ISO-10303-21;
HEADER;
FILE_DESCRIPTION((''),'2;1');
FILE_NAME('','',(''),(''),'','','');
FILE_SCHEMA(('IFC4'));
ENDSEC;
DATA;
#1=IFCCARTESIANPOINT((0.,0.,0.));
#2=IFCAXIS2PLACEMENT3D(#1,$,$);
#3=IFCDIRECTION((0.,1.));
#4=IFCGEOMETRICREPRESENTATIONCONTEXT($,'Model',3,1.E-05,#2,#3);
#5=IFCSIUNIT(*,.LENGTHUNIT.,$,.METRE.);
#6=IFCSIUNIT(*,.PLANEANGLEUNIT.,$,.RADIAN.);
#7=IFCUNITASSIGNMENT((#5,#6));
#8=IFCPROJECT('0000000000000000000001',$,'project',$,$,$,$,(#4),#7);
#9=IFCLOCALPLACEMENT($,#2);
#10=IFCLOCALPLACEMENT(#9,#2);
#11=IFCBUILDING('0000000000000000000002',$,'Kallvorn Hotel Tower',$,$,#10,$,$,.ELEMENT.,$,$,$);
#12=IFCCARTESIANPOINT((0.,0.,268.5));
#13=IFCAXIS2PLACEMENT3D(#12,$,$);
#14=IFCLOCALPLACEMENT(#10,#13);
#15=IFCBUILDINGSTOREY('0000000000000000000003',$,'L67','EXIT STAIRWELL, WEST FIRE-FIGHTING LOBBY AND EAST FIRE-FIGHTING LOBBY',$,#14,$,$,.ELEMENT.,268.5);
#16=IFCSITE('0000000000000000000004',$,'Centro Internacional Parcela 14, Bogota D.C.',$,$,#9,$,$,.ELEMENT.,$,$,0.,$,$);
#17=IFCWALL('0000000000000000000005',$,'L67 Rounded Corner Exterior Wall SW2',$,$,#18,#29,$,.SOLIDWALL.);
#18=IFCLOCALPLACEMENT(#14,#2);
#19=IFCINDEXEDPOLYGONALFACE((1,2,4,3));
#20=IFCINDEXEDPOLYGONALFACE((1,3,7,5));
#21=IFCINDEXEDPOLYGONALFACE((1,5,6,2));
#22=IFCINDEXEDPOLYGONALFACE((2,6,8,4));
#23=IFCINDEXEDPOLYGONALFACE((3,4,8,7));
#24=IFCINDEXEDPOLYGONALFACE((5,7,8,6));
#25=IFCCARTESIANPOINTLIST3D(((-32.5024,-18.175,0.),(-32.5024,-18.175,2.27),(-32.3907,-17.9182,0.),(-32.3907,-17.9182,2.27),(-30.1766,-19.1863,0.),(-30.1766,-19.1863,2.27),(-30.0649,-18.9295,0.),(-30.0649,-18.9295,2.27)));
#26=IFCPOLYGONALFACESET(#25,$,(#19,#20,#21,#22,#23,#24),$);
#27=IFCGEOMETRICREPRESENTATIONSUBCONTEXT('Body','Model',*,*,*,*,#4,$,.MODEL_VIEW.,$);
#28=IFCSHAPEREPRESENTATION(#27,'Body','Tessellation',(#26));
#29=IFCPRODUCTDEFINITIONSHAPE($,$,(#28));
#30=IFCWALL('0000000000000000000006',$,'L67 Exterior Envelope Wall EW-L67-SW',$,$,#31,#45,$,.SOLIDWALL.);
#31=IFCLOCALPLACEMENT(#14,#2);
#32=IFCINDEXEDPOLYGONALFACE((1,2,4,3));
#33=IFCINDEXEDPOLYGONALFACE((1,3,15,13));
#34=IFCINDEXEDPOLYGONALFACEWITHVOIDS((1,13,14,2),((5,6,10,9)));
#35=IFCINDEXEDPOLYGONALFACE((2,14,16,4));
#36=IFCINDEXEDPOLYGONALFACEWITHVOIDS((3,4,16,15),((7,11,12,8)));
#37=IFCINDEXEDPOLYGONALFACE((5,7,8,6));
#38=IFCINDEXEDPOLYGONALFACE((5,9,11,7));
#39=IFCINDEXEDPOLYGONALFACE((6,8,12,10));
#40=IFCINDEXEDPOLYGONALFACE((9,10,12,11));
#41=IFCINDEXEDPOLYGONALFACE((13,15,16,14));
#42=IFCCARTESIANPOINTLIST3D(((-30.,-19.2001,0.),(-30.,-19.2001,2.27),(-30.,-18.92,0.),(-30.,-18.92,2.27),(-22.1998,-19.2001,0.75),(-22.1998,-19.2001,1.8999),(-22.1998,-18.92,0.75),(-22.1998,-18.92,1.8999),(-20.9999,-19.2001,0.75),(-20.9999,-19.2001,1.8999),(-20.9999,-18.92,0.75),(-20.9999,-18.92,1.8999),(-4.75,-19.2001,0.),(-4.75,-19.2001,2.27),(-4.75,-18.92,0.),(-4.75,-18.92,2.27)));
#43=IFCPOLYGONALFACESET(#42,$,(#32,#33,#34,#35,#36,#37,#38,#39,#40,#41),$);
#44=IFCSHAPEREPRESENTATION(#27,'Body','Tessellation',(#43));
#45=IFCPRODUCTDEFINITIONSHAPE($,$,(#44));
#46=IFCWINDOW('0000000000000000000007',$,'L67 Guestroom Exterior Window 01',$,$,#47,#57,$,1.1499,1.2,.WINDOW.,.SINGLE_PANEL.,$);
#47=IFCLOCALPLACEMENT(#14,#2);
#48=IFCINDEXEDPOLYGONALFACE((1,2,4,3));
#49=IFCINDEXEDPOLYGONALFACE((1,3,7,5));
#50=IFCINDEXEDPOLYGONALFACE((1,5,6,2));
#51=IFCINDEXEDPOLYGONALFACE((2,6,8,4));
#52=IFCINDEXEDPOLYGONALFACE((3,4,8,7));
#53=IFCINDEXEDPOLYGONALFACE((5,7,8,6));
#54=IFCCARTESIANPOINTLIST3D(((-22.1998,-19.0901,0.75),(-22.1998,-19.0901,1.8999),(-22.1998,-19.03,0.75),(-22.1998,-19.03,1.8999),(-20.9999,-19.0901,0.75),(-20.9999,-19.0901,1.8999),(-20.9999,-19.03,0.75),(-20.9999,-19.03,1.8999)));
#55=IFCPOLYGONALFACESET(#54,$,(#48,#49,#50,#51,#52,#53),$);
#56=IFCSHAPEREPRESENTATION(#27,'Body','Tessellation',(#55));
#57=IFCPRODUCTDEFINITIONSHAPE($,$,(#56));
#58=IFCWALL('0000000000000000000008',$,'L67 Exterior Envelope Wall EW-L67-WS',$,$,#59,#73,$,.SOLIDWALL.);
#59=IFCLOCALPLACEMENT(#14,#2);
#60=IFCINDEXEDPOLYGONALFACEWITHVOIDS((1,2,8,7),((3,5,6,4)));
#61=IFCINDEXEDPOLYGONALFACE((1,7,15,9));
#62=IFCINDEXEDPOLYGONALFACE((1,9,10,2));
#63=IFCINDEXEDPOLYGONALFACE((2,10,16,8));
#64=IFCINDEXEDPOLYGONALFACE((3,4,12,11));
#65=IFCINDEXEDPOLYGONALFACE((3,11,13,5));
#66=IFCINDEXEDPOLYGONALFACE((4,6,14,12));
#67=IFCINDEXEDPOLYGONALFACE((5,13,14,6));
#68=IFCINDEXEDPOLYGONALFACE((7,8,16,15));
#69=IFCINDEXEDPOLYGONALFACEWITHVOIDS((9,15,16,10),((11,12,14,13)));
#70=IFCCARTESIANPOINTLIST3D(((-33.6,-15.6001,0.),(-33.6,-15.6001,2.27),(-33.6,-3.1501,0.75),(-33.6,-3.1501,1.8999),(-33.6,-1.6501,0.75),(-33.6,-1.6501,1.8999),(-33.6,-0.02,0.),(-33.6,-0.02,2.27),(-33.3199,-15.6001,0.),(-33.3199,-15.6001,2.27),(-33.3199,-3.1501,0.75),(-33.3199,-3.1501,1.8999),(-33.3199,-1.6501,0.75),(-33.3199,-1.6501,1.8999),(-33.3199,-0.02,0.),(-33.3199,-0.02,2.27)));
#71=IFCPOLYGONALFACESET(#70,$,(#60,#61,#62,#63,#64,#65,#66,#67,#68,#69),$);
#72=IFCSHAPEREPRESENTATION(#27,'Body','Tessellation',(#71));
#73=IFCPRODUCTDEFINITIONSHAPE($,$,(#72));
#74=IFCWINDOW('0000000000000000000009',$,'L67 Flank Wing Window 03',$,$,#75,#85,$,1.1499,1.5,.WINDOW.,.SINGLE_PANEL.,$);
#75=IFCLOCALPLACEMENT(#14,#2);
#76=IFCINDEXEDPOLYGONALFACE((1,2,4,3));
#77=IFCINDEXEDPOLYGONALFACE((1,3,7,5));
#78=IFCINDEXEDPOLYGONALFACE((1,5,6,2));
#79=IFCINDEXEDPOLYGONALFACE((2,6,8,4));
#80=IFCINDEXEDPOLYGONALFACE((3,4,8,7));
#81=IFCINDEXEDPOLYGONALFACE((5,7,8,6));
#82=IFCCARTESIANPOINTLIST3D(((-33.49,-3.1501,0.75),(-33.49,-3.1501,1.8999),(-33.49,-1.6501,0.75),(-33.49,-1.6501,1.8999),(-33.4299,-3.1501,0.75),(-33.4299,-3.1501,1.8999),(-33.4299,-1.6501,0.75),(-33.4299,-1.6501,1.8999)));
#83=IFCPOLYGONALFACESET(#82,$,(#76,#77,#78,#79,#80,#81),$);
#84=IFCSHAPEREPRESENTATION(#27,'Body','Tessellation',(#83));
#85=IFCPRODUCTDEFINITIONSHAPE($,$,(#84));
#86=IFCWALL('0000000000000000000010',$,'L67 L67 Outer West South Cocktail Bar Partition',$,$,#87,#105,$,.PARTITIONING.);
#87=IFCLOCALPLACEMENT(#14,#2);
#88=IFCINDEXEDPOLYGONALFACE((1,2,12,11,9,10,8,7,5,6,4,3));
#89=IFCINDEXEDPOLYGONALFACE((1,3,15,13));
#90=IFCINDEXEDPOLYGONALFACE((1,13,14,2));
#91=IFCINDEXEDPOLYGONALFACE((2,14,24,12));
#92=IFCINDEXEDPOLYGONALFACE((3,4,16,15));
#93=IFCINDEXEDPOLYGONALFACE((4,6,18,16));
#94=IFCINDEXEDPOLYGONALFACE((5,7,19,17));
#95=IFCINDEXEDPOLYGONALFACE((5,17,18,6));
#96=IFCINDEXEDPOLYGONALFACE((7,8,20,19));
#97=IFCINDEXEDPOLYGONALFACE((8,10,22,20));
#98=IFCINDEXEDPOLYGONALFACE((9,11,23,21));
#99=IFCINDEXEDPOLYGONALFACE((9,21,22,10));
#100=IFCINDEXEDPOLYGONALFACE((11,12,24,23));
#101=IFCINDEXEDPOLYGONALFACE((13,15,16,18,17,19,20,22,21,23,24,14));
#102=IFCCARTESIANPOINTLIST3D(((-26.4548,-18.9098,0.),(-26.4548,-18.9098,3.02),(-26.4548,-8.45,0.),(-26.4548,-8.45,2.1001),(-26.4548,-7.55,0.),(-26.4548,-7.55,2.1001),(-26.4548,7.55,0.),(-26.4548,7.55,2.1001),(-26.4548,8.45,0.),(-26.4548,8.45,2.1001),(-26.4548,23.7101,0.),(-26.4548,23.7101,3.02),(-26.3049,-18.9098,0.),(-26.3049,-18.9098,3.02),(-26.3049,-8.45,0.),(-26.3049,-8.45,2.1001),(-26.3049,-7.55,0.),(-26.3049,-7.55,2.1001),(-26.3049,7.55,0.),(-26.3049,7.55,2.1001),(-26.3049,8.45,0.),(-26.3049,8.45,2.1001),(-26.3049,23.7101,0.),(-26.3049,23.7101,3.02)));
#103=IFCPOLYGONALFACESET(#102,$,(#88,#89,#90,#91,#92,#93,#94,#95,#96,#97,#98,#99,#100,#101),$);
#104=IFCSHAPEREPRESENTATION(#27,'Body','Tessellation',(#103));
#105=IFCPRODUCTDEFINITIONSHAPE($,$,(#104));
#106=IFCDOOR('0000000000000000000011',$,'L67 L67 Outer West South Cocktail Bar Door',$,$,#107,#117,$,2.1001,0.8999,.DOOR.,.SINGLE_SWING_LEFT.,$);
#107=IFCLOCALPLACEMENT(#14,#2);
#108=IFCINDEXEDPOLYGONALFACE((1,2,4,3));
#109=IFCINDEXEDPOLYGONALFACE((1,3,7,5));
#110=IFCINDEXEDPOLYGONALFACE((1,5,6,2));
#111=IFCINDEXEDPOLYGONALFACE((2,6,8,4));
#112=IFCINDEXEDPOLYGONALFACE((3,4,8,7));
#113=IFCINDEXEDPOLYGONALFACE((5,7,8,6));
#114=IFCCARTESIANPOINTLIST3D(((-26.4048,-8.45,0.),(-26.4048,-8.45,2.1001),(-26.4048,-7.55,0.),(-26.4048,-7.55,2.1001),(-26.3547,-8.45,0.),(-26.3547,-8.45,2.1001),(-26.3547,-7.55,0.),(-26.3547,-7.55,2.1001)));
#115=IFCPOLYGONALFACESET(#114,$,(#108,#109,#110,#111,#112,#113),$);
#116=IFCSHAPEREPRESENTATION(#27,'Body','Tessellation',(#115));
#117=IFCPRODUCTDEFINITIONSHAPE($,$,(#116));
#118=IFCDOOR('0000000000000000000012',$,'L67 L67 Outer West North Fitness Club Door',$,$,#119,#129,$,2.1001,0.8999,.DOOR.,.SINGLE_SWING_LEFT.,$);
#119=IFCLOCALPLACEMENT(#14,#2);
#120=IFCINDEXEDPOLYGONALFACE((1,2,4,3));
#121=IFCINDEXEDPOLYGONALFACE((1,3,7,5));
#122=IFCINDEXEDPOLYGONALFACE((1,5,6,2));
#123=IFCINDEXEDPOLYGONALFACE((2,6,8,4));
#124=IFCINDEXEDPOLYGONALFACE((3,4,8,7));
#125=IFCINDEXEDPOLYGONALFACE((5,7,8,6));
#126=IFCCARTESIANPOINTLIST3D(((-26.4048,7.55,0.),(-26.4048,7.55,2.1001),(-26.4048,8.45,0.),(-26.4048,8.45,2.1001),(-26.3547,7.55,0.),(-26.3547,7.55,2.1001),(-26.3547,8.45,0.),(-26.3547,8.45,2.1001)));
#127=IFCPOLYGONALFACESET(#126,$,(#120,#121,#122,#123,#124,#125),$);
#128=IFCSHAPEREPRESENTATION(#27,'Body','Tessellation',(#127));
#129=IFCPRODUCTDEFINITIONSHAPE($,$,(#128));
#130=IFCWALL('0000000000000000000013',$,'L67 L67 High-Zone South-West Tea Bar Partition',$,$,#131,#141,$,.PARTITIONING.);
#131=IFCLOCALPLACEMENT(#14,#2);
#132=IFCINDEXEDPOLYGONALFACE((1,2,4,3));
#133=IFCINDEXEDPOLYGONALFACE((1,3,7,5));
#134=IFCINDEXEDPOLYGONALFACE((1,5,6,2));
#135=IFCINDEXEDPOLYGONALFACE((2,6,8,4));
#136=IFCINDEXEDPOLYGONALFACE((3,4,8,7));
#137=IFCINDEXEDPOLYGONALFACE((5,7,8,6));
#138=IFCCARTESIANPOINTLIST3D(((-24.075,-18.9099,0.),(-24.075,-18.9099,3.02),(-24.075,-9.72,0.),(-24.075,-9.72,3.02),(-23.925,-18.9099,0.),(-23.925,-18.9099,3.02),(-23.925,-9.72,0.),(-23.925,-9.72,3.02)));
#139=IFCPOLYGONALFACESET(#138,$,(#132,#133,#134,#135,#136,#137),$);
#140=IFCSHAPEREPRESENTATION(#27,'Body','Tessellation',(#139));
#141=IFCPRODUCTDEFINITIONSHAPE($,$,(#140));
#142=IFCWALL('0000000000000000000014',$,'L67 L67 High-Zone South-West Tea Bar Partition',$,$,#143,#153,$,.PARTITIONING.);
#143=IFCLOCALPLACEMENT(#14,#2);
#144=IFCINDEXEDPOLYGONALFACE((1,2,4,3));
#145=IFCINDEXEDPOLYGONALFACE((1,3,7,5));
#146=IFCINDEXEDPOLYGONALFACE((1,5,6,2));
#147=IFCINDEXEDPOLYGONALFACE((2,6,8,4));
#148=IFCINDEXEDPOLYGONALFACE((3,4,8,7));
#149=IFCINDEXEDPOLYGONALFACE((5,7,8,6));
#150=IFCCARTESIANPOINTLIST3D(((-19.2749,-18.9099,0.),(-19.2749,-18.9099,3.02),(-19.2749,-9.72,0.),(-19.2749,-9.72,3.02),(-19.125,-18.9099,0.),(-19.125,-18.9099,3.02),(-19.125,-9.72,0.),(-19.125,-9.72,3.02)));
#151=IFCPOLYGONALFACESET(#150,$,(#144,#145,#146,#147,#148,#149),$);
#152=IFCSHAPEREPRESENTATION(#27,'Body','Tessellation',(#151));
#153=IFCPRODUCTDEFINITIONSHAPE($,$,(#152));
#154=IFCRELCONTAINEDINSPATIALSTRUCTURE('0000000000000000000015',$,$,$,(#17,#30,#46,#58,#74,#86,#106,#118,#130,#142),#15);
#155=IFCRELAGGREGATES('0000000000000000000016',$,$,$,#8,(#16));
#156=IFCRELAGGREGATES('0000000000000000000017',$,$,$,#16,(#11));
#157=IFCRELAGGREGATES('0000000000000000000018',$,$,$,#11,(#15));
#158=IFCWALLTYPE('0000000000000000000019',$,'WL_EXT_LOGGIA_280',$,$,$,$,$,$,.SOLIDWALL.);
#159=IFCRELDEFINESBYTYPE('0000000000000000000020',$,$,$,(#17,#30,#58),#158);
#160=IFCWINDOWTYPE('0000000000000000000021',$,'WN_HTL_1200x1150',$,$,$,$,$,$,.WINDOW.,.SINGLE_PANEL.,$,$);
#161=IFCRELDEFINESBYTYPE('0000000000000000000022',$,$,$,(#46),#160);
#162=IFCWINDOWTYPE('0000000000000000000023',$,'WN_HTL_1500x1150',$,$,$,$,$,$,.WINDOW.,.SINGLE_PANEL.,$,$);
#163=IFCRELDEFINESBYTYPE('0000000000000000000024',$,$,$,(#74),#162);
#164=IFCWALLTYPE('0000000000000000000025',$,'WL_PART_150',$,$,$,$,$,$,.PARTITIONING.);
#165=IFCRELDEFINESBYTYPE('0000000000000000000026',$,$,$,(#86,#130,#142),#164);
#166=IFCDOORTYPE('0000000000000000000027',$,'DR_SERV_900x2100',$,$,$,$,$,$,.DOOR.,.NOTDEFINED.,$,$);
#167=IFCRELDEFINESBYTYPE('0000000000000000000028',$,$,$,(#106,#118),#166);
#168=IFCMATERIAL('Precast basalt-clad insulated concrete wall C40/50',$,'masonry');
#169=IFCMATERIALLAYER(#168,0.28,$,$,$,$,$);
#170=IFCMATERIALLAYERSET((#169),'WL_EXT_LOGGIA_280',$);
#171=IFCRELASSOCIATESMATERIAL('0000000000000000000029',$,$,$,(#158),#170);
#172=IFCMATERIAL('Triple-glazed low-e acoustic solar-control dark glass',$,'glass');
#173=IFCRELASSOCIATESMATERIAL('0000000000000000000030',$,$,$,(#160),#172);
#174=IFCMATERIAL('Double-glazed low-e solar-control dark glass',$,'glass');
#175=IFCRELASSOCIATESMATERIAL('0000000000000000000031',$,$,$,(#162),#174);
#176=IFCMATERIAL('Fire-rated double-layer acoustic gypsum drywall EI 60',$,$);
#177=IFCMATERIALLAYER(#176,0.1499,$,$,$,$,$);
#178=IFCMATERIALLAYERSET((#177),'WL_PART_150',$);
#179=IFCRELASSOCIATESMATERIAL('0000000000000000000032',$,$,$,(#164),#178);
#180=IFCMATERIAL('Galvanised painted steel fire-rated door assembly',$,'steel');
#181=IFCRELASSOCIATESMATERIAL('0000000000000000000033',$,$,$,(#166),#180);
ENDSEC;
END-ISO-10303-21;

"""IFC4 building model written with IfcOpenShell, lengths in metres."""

from ifc_helpers import new_model, si_unit, direction, frame, frame_2d, origin, place, context, subcontext, project, spatial, rectangle, extrude, material, layer, layer_set, type_object, element, fill, save


model = new_model("IFC4")

# Units and contexts
model_context = context("Model", 3, precision=1e-05, world=origin(), true_north=direction((0.0, 1.0)))
body_context = subcontext(model_context, "Body", "Model", "MODEL_VIEW")
ifc_project = project(units=[si_unit("LENGTHUNIT", "METRE"), si_unit("PLANEANGLEUNIT", "RADIAN")], contexts=[model_context])

# Site, building, storey
site_placement = place(None, origin())
site = spatial("IfcSite", under=ifc_project, at=site_placement, Name="Centro Internacional Parcela 14, Bogota D.C.", CompositionType="ELEMENT", RefElevation=0.0)
building_placement = place(site_placement, origin())
building = spatial("IfcBuilding", under=site, at=building_placement, Name="Kallvorn Hotel Tower", CompositionType="ELEMENT")
storey_placement = place(building_placement, frame((0.0, 0.0, 268.5)))
storey = spatial("IfcBuildingStorey", under=building, at=storey_placement, Name="L67", Description="EXIT STAIRWELL, WEST FIRE-FIGHTING LOBBY AND EAST FIRE-FIGHTING LOBBY", CompositionType="ELEMENT", Elevation=268.5)

# Wall
ifc_material_1 = material(Name="Precast basalt-clad insulated concrete wall C40/50", Category="masonry")
ifc_layer_1 = layer(ifc_material_1, 0.28)
ifc_layer_set_1 = layer_set([ifc_layer_1], Name="WL_EXT_LOGGIA_280")
wall_type_1 = type_object("IfcWallType", Name="WL_EXT_LOGGIA_280", PredefinedType="SOLIDWALL", material=ifc_layer_set_1)
wall_1_placement = place(storey_placement, frame((-32.4465, -18.0466, 0.0), z_axis=(0.0, 0.0, 1.0), x_axis=(0.917061, -0.398747, 0.0)))
element("IfcWall", 1, at=wall_1_placement, inside=storey, type_object=wall_type_1, Name="L67 Rounded Corner Exterior Wall SW2", PredefinedType="SOLIDWALL", context=body_context, shape_type="SweptSolid", body=[
    extrude(rectangle(XDim=2.5361, YDim=0.28, at=frame_2d((1.2681, 0.0))), origin(), (0.0, 0.0, 1.0), 2.27),
])

# Walls, openings, windows
wall_2_placement = place(storey_placement, frame((-30.0, -19.0601, 0.0), z_axis=(0.0, 0.0, 1.0), x_axis=(1.0, 0.0, 0.0)))
wall_2 = element("IfcWall", 2, at=wall_2_placement, inside=storey, type_object=wall_type_1, Name="L67 Exterior Envelope Wall EW-L67-SW", PredefinedType="SOLIDWALL", context=body_context, shape_type="SweptSolid", body=[
    extrude(rectangle(XDim=25.25, YDim=0.28, at=frame_2d((12.625, 0.0))), origin(), (0.0, 0.0, 1.0), 2.27),
])
opening_1_placement = place(wall_2_placement, frame((7.8, 0.0, 0.75)))
opening_1 = element("IfcOpeningElement", 3, at=opening_1_placement, cuts=wall_2, PredefinedType="OPENING", context=body_context, shape_type="SweptSolid", body=[
    extrude(rectangle(XDim=1.2, YDim=1.1499, at=frame_2d((0.6001, 0.575))), frame((0.0, 0.155, 0.0), z_axis=(0.0, -1.0, 0.0), x_axis=(1.0, 0.0, 0.0)), (0.0, 0.0, 1.0), 0.3101),
])
ifc_material_2 = material(Name="Triple-glazed low-e acoustic solar-control dark glass", Category="glass")
window_type_1 = type_object("IfcWindowType", Name="WN_HTL_1200x1150", PartitioningType="SINGLE_PANEL", PredefinedType="WINDOW", material=ifc_material_2)
window_1_placement = place(opening_1_placement, origin())
window_1 = element("IfcWindow", 4, at=window_1_placement, inside=storey, type_object=window_type_1, Name="L67 Guestroom Exterior Window 01", OverallHeight=1.1499, OverallWidth=1.2, PartitioningType="SINGLE_PANEL", PredefinedType="WINDOW", context=body_context, shape_type="SweptSolid", body=[
    extrude(rectangle(XDim=1.2, YDim=1.1499, at=frame_2d((0.6001, 0.575))), frame((0.0, 0.03, 0.0), z_axis=(0.0, -1.0, 0.0), x_axis=(1.0, 0.0, 0.0)), (0.0, 0.0, 1.0), 0.0601),
])
fill(opening_1, window_1)
wall_3_placement = place(storey_placement, frame((-33.46, -15.6001, 0.0), z_axis=(0.0, 0.0, 1.0), x_axis=(0.0, 1.0, 0.0)))
wall_3 = element("IfcWall", 5, at=wall_3_placement, inside=storey, type_object=wall_type_1, Name="L67 Exterior Envelope Wall EW-L67-WS", PredefinedType="SOLIDWALL", context=body_context, shape_type="SweptSolid", body=[
    extrude(rectangle(XDim=15.5801, YDim=0.28, at=frame_2d((7.79, 0.0))), origin(), (0.0, 0.0, 1.0), 2.27),
])
opening_2_placement = place(wall_3_placement, frame((12.45, 0.0, 0.75)))
opening_2 = element("IfcOpeningElement", 6, at=opening_2_placement, cuts=wall_3, PredefinedType="OPENING", context=body_context, shape_type="SweptSolid", body=[
    extrude(rectangle(XDim=1.5, YDim=1.1499, at=frame_2d((0.75, 0.575))), frame((0.0, 0.155, 0.0), z_axis=(0.0, -1.0, 0.0), x_axis=(1.0, 0.0, 0.0)), (0.0, 0.0, 1.0), 0.3101),
])
ifc_material_3 = material(Name="Double-glazed low-e solar-control dark glass", Category="glass")
window_type_2 = type_object("IfcWindowType", Name="WN_HTL_1500x1150", PartitioningType="SINGLE_PANEL", PredefinedType="WINDOW", material=ifc_material_3)
window_2_placement = place(opening_2_placement, origin())
window_2 = element("IfcWindow", 7, at=window_2_placement, inside=storey, type_object=window_type_2, Name="L67 Flank Wing Window 03", OverallHeight=1.1499, OverallWidth=1.5, PartitioningType="SINGLE_PANEL", PredefinedType="WINDOW", context=body_context, shape_type="SweptSolid", body=[
    extrude(rectangle(XDim=1.5, YDim=1.1499, at=frame_2d((0.75, 0.575))), frame((0.0, 0.03, 0.0), z_axis=(0.0, -1.0, 0.0), x_axis=(1.0, 0.0, 0.0)), (0.0, 0.0, 1.0), 0.0601),
])
fill(opening_2, window_2)

# Wall, openings, doors
ifc_material_4 = material(Name="Fire-rated double-layer acoustic gypsum drywall EI 60")
ifc_layer_2 = layer(ifc_material_4, 0.1499)
ifc_layer_set_2 = layer_set([ifc_layer_2], Name="WL_PART_150")
wall_type_2 = type_object("IfcWallType", Name="WL_PART_150", PredefinedType="PARTITIONING", material=ifc_layer_set_2)
wall_4_placement = place(storey_placement, frame((-26.3799, -18.9099, 0.0), z_axis=(0.0, 0.0, 1.0), x_axis=(0.0, 1.0, 0.0)))
wall_4 = element("IfcWall", 8, at=wall_4_placement, inside=storey, type_object=wall_type_2, Name="L67 L67 Outer West South Cocktail Bar Partition", PredefinedType="PARTITIONING", context=body_context, shape_type="SweptSolid", body=[
    extrude(rectangle(XDim=42.6199, YDim=0.1499, at=frame_2d((21.3101, 0.0))), origin(), (0.0, 0.0, 1.0), 3.02),
])
opening_3_placement = place(wall_4_placement, frame((10.46, 0.0, 0.0)))
opening_3 = element("IfcOpeningElement", 9, at=opening_3_placement, cuts=wall_4, PredefinedType="OPENING", context=body_context, shape_type="SweptSolid", body=[
    extrude(rectangle(XDim=0.8999, YDim=2.1001, at=frame_2d((0.45, 1.05))), frame((0.0, 0.0898, 0.0), z_axis=(0.0, -1.0, 0.0), x_axis=(1.0, 0.0, 0.0)), (0.0, 0.0, 1.0), 0.1799),
])
opening_4_placement = place(wall_4_placement, frame((26.46, 0.0, 0.0)))
opening_4 = element("IfcOpeningElement", 10, at=opening_4_placement, cuts=wall_4, PredefinedType="OPENING", context=body_context, shape_type="SweptSolid", body=[
    extrude(rectangle(XDim=0.8999, YDim=2.1001, at=frame_2d((0.45, 1.05))), frame((0.0, 0.0898, 0.0), z_axis=(0.0, -1.0, 0.0), x_axis=(1.0, 0.0, 0.0)), (0.0, 0.0, 1.0), 0.1799),
])
ifc_material_5 = material(Name="Galvanised painted steel fire-rated door assembly", Category="steel")
door_type = type_object("IfcDoorType", Name="DR_SERV_900x2100", OperationType="NOTDEFINED", PredefinedType="DOOR", material=ifc_material_5)
door_1_placement = place(opening_3_placement, origin())
door_1 = element("IfcDoor", 11, at=door_1_placement, inside=storey, type_object=door_type, Name="L67 L67 Outer West South Cocktail Bar Door", OperationType="SINGLE_SWING_LEFT", OverallHeight=2.1001, OverallWidth=0.8999, PredefinedType="DOOR", context=body_context, shape_type="SweptSolid", body=[
    extrude(rectangle(XDim=0.8999, YDim=2.1001, at=frame_2d((0.45, 1.05))), frame((0.0, 0.0249, 0.0), z_axis=(0.0, -1.0, 0.0), x_axis=(1.0, 0.0, 0.0)), (0.0, 0.0, 1.0), 0.05),
])
fill(opening_3, door_1)
door_2_placement = place(opening_4_placement, origin())
door_2 = element("IfcDoor", 12, at=door_2_placement, inside=storey, type_object=door_type, Name="L67 L67 Outer West North Fitness Club Door", OperationType="SINGLE_SWING_LEFT", OverallHeight=2.1001, OverallWidth=0.8999, PredefinedType="DOOR", context=body_context, shape_type="SweptSolid", body=[
    extrude(rectangle(XDim=0.8999, YDim=2.1001, at=frame_2d((0.45, 1.05))), frame((0.0, 0.0249, 0.0), z_axis=(0.0, -1.0, 0.0), x_axis=(1.0, 0.0, 0.0)), (0.0, 0.0, 1.0), 0.05),
])
fill(opening_4, door_2)

# Walls
for number, where, z_axis, x_axis, name in (
    (13, (-24.0, -18.9099, 0.0), (0.0, 0.0, 1.0), (0.0, 1.0, 0.0), "L67 L67 High-Zone South-West Tea Bar Partition"),
    (14, (-19.2, -18.9099, 0.0), (0.0, 0.0, 1.0), (0.0, 1.0, 0.0), "L67 L67 High-Zone South-West Tea Bar Partition"),
):
    element("IfcWall", number, at=place(storey_placement, frame(where, z_axis=z_axis, x_axis=x_axis)), inside=storey, type_object=wall_type_2, Name=name, PredefinedType="PARTITIONING", context=body_context, shape_type="SweptSolid", body=[
        extrude(rectangle(XDim=9.1899, YDim=0.1499, at=frame_2d((4.595, 0.0))), origin(), (0.0, 0.0, 1.0), 3.02),
    ])

save(model, "model.ifc")
